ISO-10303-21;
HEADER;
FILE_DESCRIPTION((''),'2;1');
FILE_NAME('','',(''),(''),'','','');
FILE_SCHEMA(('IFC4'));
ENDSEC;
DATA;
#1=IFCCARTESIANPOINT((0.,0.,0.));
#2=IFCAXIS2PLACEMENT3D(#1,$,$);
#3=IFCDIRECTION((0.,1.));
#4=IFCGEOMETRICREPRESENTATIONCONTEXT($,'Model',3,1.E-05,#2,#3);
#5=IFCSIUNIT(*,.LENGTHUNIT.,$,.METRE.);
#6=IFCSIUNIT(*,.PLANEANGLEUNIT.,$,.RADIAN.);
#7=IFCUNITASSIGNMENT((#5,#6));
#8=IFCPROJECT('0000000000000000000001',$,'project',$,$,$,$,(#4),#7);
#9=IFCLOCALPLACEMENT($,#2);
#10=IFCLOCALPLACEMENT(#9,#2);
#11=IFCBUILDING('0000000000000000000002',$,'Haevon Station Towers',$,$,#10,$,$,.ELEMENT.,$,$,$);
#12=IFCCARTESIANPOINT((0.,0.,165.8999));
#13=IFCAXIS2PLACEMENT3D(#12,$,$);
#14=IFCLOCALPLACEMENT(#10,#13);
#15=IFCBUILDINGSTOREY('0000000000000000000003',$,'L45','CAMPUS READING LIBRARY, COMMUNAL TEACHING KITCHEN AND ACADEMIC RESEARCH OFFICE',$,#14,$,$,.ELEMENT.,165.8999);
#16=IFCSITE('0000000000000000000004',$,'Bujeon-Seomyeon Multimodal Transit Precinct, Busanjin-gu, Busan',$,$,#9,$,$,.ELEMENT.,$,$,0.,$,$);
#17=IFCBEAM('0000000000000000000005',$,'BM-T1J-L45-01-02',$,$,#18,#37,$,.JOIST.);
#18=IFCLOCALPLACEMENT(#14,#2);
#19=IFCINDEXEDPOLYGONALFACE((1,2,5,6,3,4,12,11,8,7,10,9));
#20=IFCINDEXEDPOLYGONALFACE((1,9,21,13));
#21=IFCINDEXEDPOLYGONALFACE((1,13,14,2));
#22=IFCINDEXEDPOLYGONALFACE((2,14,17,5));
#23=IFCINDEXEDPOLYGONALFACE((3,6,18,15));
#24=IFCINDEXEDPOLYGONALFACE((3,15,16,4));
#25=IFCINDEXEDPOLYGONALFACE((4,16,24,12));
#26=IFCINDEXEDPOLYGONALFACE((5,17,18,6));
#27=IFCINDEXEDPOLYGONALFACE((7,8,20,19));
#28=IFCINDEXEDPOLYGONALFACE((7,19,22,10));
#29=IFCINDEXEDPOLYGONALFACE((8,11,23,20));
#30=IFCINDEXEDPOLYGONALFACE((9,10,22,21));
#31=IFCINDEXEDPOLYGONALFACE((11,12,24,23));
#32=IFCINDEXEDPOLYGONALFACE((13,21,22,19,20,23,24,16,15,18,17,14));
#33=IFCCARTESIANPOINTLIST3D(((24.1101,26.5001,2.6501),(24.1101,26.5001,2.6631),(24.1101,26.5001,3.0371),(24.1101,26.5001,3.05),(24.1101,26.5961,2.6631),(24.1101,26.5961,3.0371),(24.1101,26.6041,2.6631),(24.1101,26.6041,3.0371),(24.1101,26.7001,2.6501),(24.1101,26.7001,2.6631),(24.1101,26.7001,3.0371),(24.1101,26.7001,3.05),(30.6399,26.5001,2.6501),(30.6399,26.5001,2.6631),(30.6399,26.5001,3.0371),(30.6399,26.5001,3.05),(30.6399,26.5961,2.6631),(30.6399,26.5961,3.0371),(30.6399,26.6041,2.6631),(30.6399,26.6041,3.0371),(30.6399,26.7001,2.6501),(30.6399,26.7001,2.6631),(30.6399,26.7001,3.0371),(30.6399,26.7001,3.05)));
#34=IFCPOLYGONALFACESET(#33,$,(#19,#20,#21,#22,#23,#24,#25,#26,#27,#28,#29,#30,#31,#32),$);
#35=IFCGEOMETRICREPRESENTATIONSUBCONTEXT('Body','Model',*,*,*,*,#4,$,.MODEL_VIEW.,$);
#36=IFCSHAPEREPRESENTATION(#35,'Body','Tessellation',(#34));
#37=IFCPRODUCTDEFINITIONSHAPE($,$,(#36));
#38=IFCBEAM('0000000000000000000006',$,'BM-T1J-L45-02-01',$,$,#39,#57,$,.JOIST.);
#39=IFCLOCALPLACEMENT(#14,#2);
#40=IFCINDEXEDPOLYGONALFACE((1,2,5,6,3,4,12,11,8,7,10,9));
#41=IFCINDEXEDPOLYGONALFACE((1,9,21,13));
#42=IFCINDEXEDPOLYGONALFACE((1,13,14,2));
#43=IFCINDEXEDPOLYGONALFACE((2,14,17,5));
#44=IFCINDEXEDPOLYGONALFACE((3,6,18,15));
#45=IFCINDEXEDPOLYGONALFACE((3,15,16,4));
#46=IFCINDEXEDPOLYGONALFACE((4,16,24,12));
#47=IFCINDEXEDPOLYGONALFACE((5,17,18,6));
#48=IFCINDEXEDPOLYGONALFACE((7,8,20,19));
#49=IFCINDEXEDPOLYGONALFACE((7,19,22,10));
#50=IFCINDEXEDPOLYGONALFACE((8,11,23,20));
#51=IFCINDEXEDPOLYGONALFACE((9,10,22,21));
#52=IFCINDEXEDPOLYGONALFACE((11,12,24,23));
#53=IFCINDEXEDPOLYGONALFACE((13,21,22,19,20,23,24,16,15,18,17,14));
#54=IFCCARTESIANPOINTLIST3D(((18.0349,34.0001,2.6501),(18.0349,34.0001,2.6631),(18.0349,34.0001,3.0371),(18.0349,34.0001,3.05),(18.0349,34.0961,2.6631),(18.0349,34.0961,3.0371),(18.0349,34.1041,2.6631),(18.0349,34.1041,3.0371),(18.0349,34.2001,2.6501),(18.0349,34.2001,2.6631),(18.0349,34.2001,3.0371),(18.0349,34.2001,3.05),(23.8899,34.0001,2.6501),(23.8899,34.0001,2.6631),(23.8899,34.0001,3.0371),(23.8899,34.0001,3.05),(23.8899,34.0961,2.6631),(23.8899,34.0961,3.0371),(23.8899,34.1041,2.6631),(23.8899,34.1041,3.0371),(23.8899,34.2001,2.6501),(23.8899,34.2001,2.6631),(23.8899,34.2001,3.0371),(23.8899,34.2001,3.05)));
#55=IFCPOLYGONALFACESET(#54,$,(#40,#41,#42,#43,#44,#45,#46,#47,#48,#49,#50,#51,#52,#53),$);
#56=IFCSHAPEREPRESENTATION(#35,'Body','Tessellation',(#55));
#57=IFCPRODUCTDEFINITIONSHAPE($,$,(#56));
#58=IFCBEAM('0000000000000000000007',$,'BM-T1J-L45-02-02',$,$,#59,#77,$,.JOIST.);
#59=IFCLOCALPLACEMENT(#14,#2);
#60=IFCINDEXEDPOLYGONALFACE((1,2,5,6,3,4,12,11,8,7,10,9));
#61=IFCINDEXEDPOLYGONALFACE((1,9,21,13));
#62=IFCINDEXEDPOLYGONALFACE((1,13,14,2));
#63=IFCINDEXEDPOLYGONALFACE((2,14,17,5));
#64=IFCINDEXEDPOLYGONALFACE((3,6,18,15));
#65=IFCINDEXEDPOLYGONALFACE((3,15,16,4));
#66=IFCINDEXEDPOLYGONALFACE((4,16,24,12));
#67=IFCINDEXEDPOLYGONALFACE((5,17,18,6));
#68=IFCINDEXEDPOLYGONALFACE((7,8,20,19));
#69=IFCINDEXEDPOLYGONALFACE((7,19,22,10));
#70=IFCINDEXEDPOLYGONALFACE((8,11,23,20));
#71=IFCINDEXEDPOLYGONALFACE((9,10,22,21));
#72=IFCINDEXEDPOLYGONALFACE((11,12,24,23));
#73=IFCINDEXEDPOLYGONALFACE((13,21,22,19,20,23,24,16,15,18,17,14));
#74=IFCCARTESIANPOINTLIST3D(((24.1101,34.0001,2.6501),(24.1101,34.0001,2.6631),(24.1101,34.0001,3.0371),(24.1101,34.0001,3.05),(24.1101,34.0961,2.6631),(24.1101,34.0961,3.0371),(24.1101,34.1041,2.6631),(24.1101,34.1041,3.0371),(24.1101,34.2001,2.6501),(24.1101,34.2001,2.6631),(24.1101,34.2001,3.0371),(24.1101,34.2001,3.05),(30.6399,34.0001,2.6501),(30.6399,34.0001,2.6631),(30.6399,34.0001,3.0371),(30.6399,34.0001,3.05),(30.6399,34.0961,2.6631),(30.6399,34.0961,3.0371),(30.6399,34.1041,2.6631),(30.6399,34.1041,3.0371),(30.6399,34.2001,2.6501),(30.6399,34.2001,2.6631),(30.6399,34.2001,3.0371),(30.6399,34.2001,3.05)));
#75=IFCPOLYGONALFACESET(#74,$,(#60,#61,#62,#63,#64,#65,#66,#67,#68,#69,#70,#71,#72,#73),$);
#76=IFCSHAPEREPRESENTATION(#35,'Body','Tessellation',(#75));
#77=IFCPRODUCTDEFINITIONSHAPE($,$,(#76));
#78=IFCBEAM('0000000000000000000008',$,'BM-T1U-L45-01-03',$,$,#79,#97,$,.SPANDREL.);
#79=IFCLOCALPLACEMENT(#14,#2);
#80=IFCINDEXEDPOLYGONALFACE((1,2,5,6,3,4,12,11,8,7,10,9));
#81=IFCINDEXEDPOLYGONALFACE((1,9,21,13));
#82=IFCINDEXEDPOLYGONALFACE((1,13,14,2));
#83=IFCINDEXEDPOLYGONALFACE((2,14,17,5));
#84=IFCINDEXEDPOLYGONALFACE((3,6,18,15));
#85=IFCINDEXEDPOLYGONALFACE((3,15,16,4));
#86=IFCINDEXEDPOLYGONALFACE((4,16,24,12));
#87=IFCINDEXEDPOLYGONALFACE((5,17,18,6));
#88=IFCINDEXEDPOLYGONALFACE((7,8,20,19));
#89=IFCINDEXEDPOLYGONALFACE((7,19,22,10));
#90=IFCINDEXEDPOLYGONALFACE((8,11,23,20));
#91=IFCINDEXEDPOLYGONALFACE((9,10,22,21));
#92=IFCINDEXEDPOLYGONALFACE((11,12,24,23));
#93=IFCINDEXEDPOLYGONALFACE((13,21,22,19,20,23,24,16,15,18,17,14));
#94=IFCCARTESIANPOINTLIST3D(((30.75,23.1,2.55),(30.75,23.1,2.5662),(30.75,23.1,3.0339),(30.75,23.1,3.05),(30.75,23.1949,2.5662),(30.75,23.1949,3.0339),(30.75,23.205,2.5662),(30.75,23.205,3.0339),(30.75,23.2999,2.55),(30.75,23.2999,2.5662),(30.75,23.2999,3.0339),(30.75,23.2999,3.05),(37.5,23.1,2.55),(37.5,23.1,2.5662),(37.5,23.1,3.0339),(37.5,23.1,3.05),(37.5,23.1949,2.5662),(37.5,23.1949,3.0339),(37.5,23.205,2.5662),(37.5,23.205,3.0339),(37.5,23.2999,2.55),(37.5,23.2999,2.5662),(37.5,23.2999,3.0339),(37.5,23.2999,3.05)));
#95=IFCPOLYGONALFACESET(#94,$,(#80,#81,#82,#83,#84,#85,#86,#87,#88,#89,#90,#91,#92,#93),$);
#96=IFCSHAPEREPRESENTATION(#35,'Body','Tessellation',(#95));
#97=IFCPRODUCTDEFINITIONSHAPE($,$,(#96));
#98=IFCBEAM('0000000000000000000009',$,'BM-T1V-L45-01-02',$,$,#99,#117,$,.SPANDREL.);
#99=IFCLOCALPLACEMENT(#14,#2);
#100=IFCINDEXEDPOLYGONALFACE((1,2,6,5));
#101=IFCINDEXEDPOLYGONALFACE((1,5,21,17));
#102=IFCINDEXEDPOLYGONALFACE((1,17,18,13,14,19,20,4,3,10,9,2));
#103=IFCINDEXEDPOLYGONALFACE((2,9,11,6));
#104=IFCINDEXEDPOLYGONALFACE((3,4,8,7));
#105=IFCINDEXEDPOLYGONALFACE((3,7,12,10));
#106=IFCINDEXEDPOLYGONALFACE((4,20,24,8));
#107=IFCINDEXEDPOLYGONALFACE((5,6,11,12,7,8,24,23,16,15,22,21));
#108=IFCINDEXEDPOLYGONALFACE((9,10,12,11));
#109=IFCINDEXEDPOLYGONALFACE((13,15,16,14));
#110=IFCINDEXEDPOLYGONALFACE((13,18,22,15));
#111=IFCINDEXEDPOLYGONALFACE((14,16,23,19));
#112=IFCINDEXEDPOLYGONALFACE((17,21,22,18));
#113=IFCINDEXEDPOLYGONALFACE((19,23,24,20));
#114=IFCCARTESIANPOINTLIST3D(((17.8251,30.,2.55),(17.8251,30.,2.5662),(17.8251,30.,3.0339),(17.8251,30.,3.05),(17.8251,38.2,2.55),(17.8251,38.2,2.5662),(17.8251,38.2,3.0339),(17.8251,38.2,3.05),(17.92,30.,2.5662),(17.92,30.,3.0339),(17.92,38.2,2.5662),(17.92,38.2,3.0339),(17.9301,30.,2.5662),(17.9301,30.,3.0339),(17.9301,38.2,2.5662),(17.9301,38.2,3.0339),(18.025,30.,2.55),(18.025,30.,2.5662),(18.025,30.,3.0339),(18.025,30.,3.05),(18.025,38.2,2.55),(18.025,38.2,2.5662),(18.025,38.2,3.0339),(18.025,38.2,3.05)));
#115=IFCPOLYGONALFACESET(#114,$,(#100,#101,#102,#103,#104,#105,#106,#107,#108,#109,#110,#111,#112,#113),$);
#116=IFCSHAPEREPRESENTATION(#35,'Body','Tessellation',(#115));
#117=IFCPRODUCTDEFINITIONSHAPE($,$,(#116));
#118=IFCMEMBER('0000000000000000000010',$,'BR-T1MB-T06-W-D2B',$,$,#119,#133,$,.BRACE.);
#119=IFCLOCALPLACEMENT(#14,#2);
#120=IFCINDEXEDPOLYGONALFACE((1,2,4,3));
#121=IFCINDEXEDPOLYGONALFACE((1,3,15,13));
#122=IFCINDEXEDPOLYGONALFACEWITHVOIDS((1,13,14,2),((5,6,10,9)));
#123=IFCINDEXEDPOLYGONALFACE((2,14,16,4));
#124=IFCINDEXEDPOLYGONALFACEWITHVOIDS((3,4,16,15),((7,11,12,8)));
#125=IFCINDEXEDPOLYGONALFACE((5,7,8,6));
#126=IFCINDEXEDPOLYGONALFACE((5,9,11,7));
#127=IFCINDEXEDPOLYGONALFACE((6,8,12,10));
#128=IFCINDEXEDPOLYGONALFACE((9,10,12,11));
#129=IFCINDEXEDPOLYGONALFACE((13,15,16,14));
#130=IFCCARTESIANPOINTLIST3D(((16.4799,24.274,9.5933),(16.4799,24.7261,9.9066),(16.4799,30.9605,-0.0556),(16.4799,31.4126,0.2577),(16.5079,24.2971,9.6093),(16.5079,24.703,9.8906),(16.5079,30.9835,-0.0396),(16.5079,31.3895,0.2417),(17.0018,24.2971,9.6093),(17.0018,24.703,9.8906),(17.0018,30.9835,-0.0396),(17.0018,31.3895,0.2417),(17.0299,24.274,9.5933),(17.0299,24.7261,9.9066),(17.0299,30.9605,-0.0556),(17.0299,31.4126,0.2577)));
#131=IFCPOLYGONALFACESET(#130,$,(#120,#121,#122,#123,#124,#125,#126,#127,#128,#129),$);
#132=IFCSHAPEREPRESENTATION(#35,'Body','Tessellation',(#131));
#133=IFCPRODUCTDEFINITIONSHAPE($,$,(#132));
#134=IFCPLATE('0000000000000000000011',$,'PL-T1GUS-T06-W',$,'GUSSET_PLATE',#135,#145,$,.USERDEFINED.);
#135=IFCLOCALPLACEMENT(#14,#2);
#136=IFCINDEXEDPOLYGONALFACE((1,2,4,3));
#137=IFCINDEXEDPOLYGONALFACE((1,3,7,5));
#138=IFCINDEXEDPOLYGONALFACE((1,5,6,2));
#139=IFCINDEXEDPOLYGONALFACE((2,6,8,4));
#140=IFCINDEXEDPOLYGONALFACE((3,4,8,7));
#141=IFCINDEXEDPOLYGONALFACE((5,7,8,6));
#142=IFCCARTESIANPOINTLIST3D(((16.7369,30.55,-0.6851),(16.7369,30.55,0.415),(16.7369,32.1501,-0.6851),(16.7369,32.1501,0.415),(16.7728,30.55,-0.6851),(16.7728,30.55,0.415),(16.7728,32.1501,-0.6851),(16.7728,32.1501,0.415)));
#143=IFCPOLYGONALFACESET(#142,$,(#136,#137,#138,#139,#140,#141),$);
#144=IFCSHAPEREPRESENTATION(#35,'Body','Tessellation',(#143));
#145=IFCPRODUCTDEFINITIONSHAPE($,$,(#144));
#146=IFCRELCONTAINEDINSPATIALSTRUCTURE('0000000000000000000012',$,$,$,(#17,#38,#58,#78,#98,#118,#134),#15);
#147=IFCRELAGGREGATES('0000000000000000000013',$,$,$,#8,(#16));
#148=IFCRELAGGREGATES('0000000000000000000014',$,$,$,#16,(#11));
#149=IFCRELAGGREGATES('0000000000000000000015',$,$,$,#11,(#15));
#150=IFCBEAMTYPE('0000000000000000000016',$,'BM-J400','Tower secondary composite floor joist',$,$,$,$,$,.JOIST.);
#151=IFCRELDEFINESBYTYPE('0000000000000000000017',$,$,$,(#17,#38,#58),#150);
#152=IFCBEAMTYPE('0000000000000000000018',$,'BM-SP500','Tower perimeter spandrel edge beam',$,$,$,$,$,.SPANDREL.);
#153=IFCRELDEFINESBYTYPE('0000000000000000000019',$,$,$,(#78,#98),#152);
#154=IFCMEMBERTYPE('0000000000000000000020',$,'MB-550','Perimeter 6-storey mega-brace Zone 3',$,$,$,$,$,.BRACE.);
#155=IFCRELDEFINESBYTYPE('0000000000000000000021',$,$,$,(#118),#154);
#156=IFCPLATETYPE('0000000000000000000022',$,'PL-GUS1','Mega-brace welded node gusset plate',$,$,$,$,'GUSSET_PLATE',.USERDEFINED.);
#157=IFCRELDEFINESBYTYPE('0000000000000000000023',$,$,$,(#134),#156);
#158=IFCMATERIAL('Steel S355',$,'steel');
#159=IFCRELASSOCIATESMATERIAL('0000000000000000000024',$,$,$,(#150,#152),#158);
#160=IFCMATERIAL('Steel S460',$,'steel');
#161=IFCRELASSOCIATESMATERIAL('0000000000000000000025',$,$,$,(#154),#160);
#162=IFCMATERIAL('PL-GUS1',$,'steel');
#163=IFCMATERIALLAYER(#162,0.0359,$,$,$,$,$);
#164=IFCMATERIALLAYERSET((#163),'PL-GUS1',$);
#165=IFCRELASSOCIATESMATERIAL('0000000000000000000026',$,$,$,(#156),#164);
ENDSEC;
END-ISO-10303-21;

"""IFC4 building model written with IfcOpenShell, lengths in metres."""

from ifc_helpers import new_model, si_unit, direction, frame, origin, origin_2d, place, context, subcontext, project, spatial, rectangle, hollow_rectangle, i_section, extrude, material, layer, layer_set, material_profile, profile_set, type_object, element, save


model = new_model("IFC4")

# Units and contexts
model_context = context("Model", 3, precision=1e-05, world=origin(), true_north=direction((0.0, 1.0)))
body_context = subcontext(model_context, "Body", "Model", "MODEL_VIEW")
ifc_project = project(units=[si_unit("LENGTHUNIT", "METRE"), si_unit("PLANEANGLEUNIT", "RADIAN")], contexts=[model_context])

# Site, building, storey
site_placement = place(None, origin())
site = spatial("IfcSite", under=ifc_project, at=site_placement, Name="Bujeon-Seomyeon Multimodal Transit Precinct, Busanjin-gu, Busan", CompositionType="ELEMENT", RefElevation=0.0)
building_placement = place(site_placement, origin())
building = spatial("IfcBuilding", under=site, at=building_placement, Name="Haevon Station Towers", CompositionType="ELEMENT")
storey_placement = place(building_placement, frame((0.0, 0.0, 165.8999)))
storey = spatial("IfcBuildingStorey", under=building, at=storey_placement, Name="L45", Description="CAMPUS READING LIBRARY, COMMUNAL TEACHING KITCHEN AND ACADEMIC RESEARCH OFFICE", CompositionType="ELEMENT", Elevation=165.8999)

# Shared definitions
ifc_material_1 = material(Name="Steel S355", Category="steel")

# Beams
ifc_material_profile_1 = material_profile(ifc_material_1, i_section(OverallWidth=0.2, OverallDepth=0.3999, WebThickness=0.0081, FlangeThickness=0.0129, at=origin_2d()), Name="H-400x200x8x13")
ifc_profile_set_1 = profile_set([ifc_material_profile_1], Name="Steel S355")
beam_type_1 = type_object("IfcBeamType", Name="BM-J400", Description="Tower secondary composite floor joist", PredefinedType="JOIST", material=ifc_profile_set_1)
beam_1_placement = place(storey_placement, frame((24.1101, 26.6001, 2.8501), z_axis=(1.0, 0.0, 0.0), x_axis=(0.0, 1.0, 0.0)))
element("IfcBeam", 1, at=beam_1_placement, inside=storey, type_object=beam_type_1, Name="BM-T1J-L45-01-02", PredefinedType="JOIST", context=body_context, shape_type="SweptSolid", body=[
    extrude(i_section(OverallWidth=0.2, OverallDepth=0.3999, WebThickness=0.0081, FlangeThickness=0.0129, at=origin_2d()), origin(), (0.0, 0.0, 1.0), 6.5298),
])
beam_2_placement = place(storey_placement, frame((18.0349, 34.1001, 2.8501), z_axis=(1.0, 0.0, 0.0), x_axis=(0.0, 1.0, 0.0)))
element("IfcBeam", 2, at=beam_2_placement, inside=storey, type_object=beam_type_1, Name="BM-T1J-L45-02-01", PredefinedType="JOIST", context=body_context, shape_type="SweptSolid", body=[
    extrude(i_section(OverallWidth=0.2, OverallDepth=0.3999, WebThickness=0.0081, FlangeThickness=0.0129, at=origin_2d()), origin(), (0.0, 0.0, 1.0), 5.855),
])
beam_3_placement = place(storey_placement, frame((24.1101, 34.1001, 2.8501), z_axis=(1.0, 0.0, 0.0), x_axis=(0.0, 1.0, 0.0)))
element("IfcBeam", 3, at=beam_3_placement, inside=storey, type_object=beam_type_1, Name="BM-T1J-L45-02-02", PredefinedType="JOIST", context=body_context, shape_type="SweptSolid", body=[
    extrude(i_section(OverallWidth=0.2, OverallDepth=0.3999, WebThickness=0.0081, FlangeThickness=0.0129, at=origin_2d()), origin(), (0.0, 0.0, 1.0), 6.5298),
])
ifc_material_profile_2 = material_profile(ifc_material_1, i_section(OverallWidth=0.2, OverallDepth=0.5, WebThickness=0.01, FlangeThickness=0.0161, at=origin_2d()), Name="H-500x200x10x16")
ifc_profile_set_2 = profile_set([ifc_material_profile_2], Name="Steel S355")
beam_type_2 = type_object("IfcBeamType", Name="BM-SP500", Description="Tower perimeter spandrel edge beam", PredefinedType="SPANDREL", material=ifc_profile_set_2)
beam_4_placement = place(storey_placement, frame((30.75, 23.2, 2.8), z_axis=(1.0, 0.0, 0.0), x_axis=(0.0, 1.0, 0.0)))
element("IfcBeam", 4, at=beam_4_placement, inside=storey, type_object=beam_type_2, Name="BM-T1U-L45-01-03", PredefinedType="SPANDREL", context=body_context, shape_type="SweptSolid", body=[
    extrude(i_section(OverallWidth=0.2, OverallDepth=0.5, WebThickness=0.01, FlangeThickness=0.0161, at=origin_2d()), origin(), (0.0, 0.0, 1.0), 6.75),
])
beam_5_placement = place(storey_placement, frame((17.925, 30.0, 2.8), z_axis=(0.0, 1.0, 0.0), x_axis=(-1.0, 0.0, 0.0)))
element("IfcBeam", 5, at=beam_5_placement, inside=storey, type_object=beam_type_2, Name="BM-T1V-L45-01-02", PredefinedType="SPANDREL", context=body_context, shape_type="SweptSolid", body=[
    extrude(i_section(OverallWidth=0.2, OverallDepth=0.5, WebThickness=0.01, FlangeThickness=0.0161, at=origin_2d()), origin(), (0.0, 0.0, 1.0), 8.2),
])

# Member
ifc_material_2 = material(Name="Steel S460", Category="steel")
ifc_material_profile_3 = material_profile(ifc_material_2, hollow_rectangle(XDim=0.55, YDim=0.55, WallThickness=0.0281, at=origin_2d()), Name="RHS-550x550x28")
ifc_profile_set_3 = profile_set([ifc_material_profile_3], Name="Steel S460")
member_type = type_object("IfcMemberType", Name="MB-550", Description="Perimeter 6-storey mega-brace Zone 3", PredefinedType="BRACE", material=ifc_profile_set_3)
member_placement = place(storey_placement, frame((16.7549, 31.1865, 0.1011), z_axis=(0.0, -0.569584, 0.821933), x_axis=(1.0, 0.0, 0.0)))
element("IfcMember", 6, at=member_placement, inside=storey, type_object=member_type, Name="BR-T1MB-T06-W-D2B", PredefinedType="BRACE", context=body_context, shape_type="SweptSolid", body=[
    extrude(hollow_rectangle(XDim=0.55, YDim=0.55, WallThickness=0.0281, at=origin_2d()), origin(), (0.0, 0.0, 1.0), 11.7393),
])

# Plate
ifc_material_3 = material(Name="PL-GUS1", Category="steel")
ifc_layer_1 = layer(ifc_material_3, 0.0359)
ifc_layer_set_1 = layer_set([ifc_layer_1], Name="PL-GUS1")
plate_type = type_object("IfcPlateType", Name="PL-GUS1", Description="Mega-brace welded node gusset plate", ElementType="GUSSET_PLATE", PredefinedType="USERDEFINED", material=ifc_layer_set_1)
plate_placement = place(storey_placement, frame((16.7549, 31.3501, -0.6851), z_axis=(0.0, 0.0, 1.0), x_axis=(0.0, 1.0, 0.0)))
element("IfcPlate", 7, at=plate_placement, inside=storey, type_object=plate_type, Name="PL-T1GUS-T06-W", ObjectType="GUSSET_PLATE", PredefinedType="USERDEFINED", context=body_context, shape_type="SweptSolid", body=[
    extrude(rectangle(XDim=1.6001, YDim=0.0359, at=origin_2d()), origin(), (0.0, 0.0, 1.0), 1.1001),
])

save(model, "model.ifc")
